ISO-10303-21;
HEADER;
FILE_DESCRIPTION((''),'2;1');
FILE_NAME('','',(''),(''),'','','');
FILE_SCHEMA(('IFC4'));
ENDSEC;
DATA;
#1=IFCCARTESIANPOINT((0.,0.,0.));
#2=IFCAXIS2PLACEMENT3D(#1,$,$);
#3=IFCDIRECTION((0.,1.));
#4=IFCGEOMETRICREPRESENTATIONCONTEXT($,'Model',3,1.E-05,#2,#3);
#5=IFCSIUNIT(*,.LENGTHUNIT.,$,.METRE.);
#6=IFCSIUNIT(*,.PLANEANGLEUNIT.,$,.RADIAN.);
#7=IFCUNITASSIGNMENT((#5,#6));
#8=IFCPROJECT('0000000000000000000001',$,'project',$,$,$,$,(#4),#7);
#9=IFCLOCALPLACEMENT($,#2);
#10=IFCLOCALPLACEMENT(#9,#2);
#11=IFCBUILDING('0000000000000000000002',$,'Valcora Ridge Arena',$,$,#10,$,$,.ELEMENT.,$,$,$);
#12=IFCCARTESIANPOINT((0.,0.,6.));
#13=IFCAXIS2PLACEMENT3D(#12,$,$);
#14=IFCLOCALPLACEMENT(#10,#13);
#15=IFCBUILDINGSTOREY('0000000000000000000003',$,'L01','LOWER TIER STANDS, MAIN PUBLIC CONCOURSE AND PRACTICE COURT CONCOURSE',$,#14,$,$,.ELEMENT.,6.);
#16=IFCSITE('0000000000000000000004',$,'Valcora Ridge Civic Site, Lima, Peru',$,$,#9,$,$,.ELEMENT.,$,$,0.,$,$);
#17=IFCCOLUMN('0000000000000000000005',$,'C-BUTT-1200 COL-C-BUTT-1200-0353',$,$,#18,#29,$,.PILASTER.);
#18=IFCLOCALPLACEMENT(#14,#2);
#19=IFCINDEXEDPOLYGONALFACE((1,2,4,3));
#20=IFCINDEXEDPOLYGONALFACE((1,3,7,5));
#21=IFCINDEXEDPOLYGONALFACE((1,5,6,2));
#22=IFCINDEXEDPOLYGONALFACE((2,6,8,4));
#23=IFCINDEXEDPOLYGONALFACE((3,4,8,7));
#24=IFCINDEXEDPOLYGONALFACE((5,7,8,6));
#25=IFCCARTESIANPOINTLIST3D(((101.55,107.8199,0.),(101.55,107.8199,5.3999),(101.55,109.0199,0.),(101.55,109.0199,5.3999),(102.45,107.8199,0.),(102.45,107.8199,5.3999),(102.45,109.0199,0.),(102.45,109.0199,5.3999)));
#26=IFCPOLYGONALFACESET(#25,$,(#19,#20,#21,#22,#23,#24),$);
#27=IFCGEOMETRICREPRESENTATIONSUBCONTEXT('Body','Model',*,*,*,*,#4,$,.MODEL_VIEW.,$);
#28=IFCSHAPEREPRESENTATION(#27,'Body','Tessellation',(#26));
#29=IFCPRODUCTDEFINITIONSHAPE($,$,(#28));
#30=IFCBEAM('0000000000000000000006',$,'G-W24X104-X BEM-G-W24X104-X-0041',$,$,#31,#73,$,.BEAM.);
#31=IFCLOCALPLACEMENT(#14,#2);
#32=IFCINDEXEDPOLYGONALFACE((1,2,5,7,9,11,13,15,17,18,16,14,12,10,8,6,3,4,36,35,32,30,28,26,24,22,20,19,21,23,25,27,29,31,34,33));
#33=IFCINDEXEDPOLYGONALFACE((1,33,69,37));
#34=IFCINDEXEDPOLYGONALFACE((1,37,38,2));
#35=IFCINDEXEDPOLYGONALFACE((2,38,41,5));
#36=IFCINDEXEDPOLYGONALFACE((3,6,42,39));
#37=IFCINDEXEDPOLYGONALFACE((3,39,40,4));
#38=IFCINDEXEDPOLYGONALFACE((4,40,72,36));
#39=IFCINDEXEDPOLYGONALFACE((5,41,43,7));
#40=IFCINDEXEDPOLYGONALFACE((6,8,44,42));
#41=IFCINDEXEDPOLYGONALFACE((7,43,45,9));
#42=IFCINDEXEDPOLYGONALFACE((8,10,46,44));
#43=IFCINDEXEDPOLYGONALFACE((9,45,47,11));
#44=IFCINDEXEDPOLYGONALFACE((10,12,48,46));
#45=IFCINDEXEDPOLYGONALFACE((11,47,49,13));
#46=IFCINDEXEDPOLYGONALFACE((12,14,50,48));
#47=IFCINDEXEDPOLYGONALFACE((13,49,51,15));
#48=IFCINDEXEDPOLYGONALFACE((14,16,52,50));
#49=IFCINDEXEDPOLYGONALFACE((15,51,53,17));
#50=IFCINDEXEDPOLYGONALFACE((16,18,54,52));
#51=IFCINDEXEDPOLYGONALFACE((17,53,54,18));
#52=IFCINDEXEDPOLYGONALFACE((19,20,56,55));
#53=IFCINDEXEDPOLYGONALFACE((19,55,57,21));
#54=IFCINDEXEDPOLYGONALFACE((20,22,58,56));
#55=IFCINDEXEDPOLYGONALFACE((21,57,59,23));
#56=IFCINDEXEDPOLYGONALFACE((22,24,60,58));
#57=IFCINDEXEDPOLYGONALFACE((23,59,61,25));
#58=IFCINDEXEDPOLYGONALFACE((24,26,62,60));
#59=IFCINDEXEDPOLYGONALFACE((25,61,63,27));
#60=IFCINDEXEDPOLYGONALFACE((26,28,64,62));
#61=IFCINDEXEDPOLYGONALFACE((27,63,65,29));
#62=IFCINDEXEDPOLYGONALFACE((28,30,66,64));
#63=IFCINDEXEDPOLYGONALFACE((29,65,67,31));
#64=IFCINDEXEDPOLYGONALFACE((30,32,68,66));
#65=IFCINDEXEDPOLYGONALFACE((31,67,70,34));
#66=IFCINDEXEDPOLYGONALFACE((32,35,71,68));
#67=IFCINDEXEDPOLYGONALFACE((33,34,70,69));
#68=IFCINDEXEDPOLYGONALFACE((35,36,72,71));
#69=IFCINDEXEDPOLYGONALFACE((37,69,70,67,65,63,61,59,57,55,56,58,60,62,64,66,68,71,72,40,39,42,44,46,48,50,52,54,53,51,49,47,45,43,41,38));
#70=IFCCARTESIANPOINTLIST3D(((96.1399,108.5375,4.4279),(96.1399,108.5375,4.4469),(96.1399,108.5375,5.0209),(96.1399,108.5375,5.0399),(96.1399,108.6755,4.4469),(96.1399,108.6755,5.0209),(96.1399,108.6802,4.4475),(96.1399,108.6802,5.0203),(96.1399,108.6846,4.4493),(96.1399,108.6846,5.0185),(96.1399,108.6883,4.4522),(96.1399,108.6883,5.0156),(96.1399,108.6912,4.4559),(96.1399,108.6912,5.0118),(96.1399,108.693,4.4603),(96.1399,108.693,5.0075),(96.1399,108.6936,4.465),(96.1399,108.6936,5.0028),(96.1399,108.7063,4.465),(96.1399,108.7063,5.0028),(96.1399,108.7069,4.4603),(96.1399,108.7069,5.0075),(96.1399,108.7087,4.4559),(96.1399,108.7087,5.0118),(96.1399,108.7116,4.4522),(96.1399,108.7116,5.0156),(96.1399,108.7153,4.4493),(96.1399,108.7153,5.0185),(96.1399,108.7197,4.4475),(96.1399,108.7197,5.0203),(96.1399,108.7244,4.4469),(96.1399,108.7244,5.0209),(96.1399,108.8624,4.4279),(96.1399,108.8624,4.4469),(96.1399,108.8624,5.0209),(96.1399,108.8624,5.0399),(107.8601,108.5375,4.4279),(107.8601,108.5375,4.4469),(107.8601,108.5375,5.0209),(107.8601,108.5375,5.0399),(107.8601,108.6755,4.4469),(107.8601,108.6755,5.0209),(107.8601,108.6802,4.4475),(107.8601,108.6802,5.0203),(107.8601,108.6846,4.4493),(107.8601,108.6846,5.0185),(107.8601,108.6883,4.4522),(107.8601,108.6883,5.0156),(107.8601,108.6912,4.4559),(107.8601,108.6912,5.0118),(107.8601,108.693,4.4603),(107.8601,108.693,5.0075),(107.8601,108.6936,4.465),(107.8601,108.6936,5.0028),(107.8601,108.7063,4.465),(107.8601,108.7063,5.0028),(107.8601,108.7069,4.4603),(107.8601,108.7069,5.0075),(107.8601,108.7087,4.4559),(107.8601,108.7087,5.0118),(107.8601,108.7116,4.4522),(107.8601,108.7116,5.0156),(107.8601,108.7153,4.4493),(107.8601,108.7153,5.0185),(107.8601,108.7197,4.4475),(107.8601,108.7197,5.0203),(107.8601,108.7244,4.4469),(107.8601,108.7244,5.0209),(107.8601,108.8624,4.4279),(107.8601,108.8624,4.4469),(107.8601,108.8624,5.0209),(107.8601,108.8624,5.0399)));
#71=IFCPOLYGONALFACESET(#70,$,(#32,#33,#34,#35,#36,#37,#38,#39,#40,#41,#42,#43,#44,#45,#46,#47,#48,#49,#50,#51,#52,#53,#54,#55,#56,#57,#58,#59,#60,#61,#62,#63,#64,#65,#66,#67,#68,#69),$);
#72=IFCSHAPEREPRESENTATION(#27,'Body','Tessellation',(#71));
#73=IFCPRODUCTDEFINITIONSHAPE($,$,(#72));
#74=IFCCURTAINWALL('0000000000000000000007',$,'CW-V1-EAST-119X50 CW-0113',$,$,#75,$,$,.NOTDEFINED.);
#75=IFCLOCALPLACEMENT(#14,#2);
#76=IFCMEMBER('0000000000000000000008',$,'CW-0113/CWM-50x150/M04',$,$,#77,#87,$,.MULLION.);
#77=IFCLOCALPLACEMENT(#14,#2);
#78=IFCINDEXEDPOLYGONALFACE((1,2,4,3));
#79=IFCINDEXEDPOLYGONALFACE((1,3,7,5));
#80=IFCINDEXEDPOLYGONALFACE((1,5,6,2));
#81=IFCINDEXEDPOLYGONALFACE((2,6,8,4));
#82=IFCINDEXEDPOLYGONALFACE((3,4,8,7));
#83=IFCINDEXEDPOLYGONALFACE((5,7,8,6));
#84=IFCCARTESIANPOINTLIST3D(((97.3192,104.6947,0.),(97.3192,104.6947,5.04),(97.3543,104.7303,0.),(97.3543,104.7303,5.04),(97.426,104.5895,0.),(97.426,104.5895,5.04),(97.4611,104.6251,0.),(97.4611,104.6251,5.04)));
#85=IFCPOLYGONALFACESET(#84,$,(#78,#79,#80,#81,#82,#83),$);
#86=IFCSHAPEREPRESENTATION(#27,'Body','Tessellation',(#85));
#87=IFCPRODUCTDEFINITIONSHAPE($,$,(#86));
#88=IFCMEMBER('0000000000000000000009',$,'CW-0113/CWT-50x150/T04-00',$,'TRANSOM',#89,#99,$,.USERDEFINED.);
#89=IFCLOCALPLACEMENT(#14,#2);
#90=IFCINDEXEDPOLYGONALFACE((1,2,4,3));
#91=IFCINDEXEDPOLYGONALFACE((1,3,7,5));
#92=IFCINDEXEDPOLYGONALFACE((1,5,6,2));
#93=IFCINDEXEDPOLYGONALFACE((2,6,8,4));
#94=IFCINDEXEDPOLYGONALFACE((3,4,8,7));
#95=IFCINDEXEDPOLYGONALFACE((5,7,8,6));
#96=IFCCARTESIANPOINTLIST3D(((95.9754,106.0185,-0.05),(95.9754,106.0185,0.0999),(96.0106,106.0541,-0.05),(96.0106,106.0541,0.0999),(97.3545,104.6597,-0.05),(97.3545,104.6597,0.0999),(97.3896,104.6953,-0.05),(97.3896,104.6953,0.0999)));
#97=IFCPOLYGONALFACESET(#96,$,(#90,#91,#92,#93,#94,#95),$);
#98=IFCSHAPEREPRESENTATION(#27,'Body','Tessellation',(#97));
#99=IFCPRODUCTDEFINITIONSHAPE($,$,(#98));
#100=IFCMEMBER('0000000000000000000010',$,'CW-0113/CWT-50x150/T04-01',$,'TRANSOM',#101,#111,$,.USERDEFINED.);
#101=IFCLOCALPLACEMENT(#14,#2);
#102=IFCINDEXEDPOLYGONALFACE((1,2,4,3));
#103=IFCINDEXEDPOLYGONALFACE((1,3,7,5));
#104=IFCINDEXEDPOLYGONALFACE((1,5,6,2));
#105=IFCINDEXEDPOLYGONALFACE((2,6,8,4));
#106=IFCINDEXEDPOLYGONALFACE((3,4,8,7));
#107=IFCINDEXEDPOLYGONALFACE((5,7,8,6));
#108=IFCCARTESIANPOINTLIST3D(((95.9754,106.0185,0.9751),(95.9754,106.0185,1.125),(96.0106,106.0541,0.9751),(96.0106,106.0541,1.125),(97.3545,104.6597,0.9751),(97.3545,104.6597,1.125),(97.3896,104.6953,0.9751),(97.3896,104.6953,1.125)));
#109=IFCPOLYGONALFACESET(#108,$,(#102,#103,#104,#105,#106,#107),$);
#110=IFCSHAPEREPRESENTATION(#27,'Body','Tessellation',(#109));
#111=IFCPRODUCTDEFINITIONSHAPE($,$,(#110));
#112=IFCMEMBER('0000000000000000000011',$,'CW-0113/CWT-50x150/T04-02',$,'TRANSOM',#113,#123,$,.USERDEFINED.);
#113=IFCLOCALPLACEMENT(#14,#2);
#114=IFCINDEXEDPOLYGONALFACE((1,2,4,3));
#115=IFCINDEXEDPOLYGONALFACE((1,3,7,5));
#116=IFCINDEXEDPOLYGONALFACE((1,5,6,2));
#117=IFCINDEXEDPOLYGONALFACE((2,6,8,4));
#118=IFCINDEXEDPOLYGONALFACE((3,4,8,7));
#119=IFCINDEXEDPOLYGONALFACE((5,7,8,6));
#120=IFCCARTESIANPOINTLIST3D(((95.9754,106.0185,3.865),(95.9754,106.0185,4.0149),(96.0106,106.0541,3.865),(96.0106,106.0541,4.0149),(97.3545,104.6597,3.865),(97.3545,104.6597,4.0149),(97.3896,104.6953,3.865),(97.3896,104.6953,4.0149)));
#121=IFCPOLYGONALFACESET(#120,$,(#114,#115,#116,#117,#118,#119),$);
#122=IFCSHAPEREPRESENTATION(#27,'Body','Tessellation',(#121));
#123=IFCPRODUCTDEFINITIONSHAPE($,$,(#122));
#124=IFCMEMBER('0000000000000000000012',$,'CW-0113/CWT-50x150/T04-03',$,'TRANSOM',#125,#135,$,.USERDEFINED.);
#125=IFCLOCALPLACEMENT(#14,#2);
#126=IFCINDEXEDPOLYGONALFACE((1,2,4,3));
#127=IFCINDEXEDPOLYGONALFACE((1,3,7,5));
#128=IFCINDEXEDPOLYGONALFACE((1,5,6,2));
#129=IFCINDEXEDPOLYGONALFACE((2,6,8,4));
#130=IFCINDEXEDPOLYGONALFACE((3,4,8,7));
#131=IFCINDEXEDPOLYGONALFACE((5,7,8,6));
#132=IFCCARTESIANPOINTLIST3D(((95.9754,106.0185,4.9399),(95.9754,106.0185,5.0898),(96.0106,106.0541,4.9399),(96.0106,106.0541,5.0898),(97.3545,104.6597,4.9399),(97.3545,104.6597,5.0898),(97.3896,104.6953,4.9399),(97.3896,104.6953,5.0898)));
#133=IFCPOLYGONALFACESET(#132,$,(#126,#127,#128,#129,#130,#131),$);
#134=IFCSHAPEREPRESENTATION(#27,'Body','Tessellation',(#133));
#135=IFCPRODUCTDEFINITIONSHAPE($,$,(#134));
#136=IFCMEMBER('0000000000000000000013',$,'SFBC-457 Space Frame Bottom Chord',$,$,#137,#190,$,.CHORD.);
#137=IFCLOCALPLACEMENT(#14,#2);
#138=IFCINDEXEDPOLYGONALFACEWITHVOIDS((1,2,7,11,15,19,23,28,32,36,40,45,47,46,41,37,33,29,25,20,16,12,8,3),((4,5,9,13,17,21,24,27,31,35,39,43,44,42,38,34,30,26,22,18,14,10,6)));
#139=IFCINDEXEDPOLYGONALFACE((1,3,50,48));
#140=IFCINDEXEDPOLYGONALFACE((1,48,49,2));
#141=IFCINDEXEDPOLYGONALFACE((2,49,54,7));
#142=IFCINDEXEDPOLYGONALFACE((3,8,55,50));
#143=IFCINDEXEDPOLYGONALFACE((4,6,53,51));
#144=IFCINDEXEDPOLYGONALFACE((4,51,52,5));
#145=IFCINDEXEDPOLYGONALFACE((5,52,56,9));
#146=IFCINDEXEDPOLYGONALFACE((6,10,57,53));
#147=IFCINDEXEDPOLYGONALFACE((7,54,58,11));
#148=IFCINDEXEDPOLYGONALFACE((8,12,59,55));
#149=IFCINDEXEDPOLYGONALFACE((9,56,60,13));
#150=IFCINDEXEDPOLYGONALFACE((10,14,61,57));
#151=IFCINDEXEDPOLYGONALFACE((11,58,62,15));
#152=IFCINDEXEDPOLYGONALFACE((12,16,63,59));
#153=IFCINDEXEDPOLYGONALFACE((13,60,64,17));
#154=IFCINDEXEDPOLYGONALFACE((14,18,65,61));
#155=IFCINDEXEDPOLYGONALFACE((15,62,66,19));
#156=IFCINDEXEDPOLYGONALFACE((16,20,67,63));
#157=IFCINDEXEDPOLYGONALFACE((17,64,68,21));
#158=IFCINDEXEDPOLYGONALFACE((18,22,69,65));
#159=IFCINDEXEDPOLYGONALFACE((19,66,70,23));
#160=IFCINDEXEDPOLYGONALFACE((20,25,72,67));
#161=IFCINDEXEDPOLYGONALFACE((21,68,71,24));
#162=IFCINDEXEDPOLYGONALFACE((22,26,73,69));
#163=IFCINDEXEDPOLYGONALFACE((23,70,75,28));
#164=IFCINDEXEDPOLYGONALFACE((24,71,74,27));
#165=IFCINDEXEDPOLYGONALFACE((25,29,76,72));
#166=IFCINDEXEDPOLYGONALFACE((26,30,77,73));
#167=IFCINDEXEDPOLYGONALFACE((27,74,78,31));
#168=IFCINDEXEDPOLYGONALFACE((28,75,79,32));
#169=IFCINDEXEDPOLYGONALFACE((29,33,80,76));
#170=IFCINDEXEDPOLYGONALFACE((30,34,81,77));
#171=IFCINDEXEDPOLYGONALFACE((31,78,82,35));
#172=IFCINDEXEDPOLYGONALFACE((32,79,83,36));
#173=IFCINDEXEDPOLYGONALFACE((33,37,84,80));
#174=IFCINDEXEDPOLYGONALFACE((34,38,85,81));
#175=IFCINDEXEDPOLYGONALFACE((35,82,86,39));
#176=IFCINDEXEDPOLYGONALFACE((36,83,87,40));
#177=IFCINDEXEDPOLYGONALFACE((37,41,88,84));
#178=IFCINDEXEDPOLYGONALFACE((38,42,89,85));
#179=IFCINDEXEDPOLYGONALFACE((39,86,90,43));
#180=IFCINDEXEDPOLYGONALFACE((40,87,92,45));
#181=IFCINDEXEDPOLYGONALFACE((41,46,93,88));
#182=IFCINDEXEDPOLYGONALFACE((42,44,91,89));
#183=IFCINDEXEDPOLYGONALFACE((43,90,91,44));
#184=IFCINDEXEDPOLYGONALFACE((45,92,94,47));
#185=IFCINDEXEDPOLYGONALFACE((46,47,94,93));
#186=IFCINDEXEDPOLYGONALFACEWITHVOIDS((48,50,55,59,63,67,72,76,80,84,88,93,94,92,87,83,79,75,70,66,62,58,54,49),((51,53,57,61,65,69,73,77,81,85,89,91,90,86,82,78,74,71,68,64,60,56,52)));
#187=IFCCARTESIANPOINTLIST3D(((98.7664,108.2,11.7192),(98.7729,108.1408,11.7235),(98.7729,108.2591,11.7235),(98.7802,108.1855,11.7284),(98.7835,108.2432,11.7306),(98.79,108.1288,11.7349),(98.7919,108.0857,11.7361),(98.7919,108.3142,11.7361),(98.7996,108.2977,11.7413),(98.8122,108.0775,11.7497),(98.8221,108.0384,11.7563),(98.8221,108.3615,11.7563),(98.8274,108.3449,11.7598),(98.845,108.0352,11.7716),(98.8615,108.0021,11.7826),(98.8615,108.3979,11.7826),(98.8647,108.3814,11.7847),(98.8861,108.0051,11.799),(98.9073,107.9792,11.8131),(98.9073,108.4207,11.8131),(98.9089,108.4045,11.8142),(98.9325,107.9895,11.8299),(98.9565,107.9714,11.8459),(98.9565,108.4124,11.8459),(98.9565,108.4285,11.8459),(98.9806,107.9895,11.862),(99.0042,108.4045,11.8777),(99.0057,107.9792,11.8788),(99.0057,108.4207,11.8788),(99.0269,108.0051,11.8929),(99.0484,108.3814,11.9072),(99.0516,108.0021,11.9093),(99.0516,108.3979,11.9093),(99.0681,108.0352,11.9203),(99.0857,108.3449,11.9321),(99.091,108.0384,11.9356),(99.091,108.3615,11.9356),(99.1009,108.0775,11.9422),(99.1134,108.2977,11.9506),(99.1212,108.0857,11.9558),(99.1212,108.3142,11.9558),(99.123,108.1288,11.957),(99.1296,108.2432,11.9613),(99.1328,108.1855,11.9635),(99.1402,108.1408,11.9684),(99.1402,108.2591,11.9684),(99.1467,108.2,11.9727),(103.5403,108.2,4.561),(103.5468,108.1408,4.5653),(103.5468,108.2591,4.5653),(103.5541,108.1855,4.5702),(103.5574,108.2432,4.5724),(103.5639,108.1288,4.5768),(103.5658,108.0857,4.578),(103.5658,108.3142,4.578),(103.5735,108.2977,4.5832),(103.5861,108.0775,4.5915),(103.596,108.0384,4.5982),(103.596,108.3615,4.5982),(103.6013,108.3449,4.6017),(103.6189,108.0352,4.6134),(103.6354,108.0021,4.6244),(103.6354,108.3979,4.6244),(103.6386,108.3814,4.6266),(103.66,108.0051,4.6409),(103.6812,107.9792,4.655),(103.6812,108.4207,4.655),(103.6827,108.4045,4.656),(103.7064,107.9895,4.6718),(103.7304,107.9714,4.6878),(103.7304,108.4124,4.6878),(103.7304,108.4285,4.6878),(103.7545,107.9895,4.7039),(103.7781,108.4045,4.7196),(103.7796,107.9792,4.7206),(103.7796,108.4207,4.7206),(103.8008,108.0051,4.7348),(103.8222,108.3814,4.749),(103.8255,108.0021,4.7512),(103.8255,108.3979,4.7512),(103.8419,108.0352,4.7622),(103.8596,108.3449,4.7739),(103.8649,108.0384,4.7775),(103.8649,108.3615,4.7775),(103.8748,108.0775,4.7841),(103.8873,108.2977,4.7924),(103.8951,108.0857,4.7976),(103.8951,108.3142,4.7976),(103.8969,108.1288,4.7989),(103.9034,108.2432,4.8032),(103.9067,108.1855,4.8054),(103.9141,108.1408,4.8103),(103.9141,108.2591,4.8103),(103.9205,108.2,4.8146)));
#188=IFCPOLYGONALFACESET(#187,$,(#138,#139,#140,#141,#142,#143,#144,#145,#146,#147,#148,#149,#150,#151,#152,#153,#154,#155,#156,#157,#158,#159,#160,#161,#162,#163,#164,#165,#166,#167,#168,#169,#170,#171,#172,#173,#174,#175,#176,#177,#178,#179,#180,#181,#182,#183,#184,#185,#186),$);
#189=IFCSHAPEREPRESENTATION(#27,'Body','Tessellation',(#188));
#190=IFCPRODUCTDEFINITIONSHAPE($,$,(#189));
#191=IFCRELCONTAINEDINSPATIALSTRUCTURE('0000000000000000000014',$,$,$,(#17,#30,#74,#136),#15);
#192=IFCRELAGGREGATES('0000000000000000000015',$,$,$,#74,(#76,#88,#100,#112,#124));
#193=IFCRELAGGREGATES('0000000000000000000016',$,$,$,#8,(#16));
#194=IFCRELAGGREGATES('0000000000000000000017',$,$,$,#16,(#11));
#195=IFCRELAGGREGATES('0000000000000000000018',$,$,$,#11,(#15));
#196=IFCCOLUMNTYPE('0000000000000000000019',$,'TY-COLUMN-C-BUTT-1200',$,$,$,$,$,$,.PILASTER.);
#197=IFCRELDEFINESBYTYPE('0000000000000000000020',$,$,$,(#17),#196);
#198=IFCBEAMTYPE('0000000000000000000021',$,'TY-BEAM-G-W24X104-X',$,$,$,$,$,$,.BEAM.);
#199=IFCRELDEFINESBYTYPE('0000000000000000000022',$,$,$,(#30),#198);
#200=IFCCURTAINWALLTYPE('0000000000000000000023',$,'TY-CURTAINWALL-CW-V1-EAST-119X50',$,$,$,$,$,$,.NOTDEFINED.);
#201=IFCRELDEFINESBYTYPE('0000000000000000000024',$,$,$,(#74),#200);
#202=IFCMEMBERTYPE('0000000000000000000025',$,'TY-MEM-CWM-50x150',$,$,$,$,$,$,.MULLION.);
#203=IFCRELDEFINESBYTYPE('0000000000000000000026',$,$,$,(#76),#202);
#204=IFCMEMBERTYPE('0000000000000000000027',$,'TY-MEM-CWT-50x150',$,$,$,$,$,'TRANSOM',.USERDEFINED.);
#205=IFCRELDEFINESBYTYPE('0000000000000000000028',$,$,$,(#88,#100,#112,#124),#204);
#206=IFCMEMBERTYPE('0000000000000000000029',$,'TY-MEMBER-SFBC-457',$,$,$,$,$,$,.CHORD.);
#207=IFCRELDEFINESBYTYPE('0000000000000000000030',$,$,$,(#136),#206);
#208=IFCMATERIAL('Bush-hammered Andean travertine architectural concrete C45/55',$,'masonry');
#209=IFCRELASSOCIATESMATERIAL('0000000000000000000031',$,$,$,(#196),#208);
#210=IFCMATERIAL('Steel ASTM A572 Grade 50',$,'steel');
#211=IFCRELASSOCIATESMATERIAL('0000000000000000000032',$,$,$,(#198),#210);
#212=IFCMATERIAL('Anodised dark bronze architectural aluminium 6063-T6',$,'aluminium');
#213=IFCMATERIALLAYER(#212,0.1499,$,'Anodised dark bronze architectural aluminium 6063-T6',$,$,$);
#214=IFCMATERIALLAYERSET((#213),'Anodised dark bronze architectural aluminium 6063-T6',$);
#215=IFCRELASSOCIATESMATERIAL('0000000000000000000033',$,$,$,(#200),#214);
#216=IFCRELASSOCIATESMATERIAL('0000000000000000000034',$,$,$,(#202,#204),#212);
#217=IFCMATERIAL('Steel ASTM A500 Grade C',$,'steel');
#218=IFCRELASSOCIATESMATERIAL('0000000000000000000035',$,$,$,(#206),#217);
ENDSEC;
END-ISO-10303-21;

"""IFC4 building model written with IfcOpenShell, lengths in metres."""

from ifc_helpers import new_model, si_unit, direction, frame, origin, origin_2d, place, context, subcontext, project, spatial, rectangle, hollow_circle, i_section, extrude, material, layer, layer_set, material_profile, profile_set, type_object, element, aggregate, save


model = new_model("IFC4")

# Units and contexts
model_context = context("Model", 3, precision=1e-05, world=origin(), true_north=direction((0.0, 1.0)))
body_context = subcontext(model_context, "Body", "Model", "MODEL_VIEW")
ifc_project = project(units=[si_unit("LENGTHUNIT", "METRE"), si_unit("PLANEANGLEUNIT", "RADIAN")], contexts=[model_context])

# Site, building, storey
site_placement = place(None, origin())
site = spatial("IfcSite", under=ifc_project, at=site_placement, Name="Valcora Ridge Civic Site, Lima, Peru", CompositionType="ELEMENT", RefElevation=0.0)
building_placement = place(site_placement, origin())
building = spatial("IfcBuilding", under=site, at=building_placement, Name="Valcora Ridge Arena", CompositionType="ELEMENT")
storey_placement = place(building_placement, frame((0.0, 0.0, 6.0)))
storey = spatial("IfcBuildingStorey", under=building, at=storey_placement, Name="L01", Description="LOWER TIER STANDS, MAIN PUBLIC CONCOURSE AND PRACTICE COURT CONCOURSE", CompositionType="ELEMENT", Elevation=6.0)

# Column
ifc_material_1 = material(Name="Bush-hammered Andean travertine architectural concrete C45/55", Category="masonry")
ifc_material_profile_1 = material_profile(ifc_material_1, rectangle(XDim=0.8999, YDim=1.2, at=origin_2d()), Name="RC 900x1200")
ifc_profile_set_1 = profile_set([ifc_material_profile_1], Name="Bush-hammered Andean travertine architectural concrete C45/55")
column_type = type_object("IfcColumnType", Name="TY-COLUMN-C-BUTT-1200", PredefinedType="PILASTER", material=ifc_profile_set_1)
column_placement = place(storey_placement, frame((102.0, 108.4199, 0.0), z_axis=(0.0, 0.0, 1.0), x_axis=(1.0, 0.0, 0.0)))
element("IfcColumn", 1, at=column_placement, inside=storey, type_object=column_type, Name="C-BUTT-1200 COL-C-BUTT-1200-0353", PredefinedType="PILASTER", context=body_context, shape_type="SweptSolid", body=[
    extrude(rectangle(XDim=0.8999, YDim=1.2, at=origin_2d()), origin(), (0.0, 0.0, 1.0), 5.3999),
])

# Beam
ifc_material_2 = material(Name="Steel ASTM A572 Grade 50", Category="steel")
ifc_material_profile_2 = material_profile(ifc_material_2, i_section(OverallWidth=0.325, OverallDepth=0.6121, WebThickness=0.0127, FlangeThickness=0.019, FilletRadius=0.0181, at=origin_2d()), Name="W24X104")
ifc_profile_set_2 = profile_set([ifc_material_profile_2], Name="Steel ASTM A572 Grade 50")
beam_type = type_object("IfcBeamType", Name="TY-BEAM-G-W24X104-X", PredefinedType="BEAM", material=ifc_profile_set_2)
beam_placement = place(storey_placement, frame((96.1399, 108.7, 4.7339), z_axis=(1.0, 0.0, 0.0), x_axis=(0.0, 1.0, 0.0)))
element("IfcBeam", 2, at=beam_placement, inside=storey, type_object=beam_type, Name="G-W24X104-X BEM-G-W24X104-X-0041", PredefinedType="BEAM", context=body_context, shape_type="SweptSolid", body=[
    extrude(i_section(OverallWidth=0.325, OverallDepth=0.6121, WebThickness=0.0127, FlangeThickness=0.019, FilletRadius=0.0181, at=origin_2d()), origin(), (0.0, 0.0, 1.0), 11.7202),
])

# Curtain wall, members
ifc_material_3 = material(Name="Anodised dark bronze architectural aluminium 6063-T6", Category="aluminium")
ifc_layer_1 = layer(ifc_material_3, 0.1499, Name="Anodised dark bronze architectural aluminium 6063-T6")
ifc_layer_set_1 = layer_set([ifc_layer_1], Name="Anodised dark bronze architectural aluminium 6063-T6")
curtain_wall_type = type_object("IfcCurtainWallType", Name="TY-CURTAINWALL-CW-V1-EAST-119X50", PredefinedType="NOTDEFINED", material=ifc_layer_set_1)
curtain_wall_placement = place(storey_placement, origin())
curtain_wall = element("IfcCurtainWall", 3, at=curtain_wall_placement, inside=storey, type_object=curtain_wall_type, Name="CW-V1-EAST-119X50 CW-0113", PredefinedType="NOTDEFINED")
ifc_material_profile_3 = material_profile(ifc_material_3, rectangle(XDim=0.05, YDim=0.1499, at=origin_2d()), Name="ALU MULLION 50x150")
ifc_profile_set_3 = profile_set([ifc_material_profile_3], Name="Anodised dark bronze architectural aluminium 6063-T6")
member_type_1 = type_object("IfcMemberType", Name="TY-MEM-CWM-50x150", PredefinedType="MULLION", material=ifc_profile_set_3)
member_1_placement = place(storey_placement, frame((97.3901, 104.6599, 0.0), z_axis=(0.0, 0.0, 1.0), x_axis=(-0.701847, -0.712327, 0.0)))
member_1 = element("IfcMember", 4, at=member_1_placement, type_object=member_type_1, Name="CW-0113/CWM-50x150/M04", PredefinedType="MULLION", context=body_context, shape_type="SweptSolid", body=[
    extrude(rectangle(XDim=0.05, YDim=0.1499, at=origin_2d()), origin(), (0.0, 0.0, 1.0), 5.04),
])
ifc_material_profile_4 = material_profile(ifc_material_3, rectangle(XDim=0.05, YDim=0.1499, at=origin_2d()), Name="ALU TRANSOM 50x150")
ifc_profile_set_4 = profile_set([ifc_material_profile_4], Name="Anodised dark bronze architectural aluminium 6063-T6")
member_type_2 = type_object("IfcMemberType", Name="TY-MEM-CWT-50x150", ElementType="TRANSOM", PredefinedType="USERDEFINED", material=ifc_profile_set_4)
member_2_placement = place(storey_placement, frame((97.3721, 104.6775, 0.0249), z_axis=(-0.71232, 0.701854, 0.0), x_axis=(-0.701854, -0.71232, 0.0)))
member_2 = element("IfcMember", 5, at=member_2_placement, type_object=member_type_2, Name="CW-0113/CWT-50x150/T04-00", ObjectType="TRANSOM", PredefinedType="USERDEFINED", context=body_context, shape_type="SweptSolid", body=[
    extrude(rectangle(XDim=0.05, YDim=0.1499, at=origin_2d()), origin(), (0.0, 0.0, 1.0), 1.936),
])
member_3_placement = place(storey_placement, frame((97.3721, 104.6775, 1.05), z_axis=(-0.71232, 0.701854, 0.0), x_axis=(-0.701854, -0.71232, 0.0)))
member_3 = element("IfcMember", 6, at=member_3_placement, type_object=member_type_2, Name="CW-0113/CWT-50x150/T04-01", ObjectType="TRANSOM", PredefinedType="USERDEFINED", context=body_context, shape_type="SweptSolid", body=[
    extrude(rectangle(XDim=0.05, YDim=0.1499, at=origin_2d()), origin(), (0.0, 0.0, 1.0), 1.936),
])
member_4_placement = place(storey_placement, frame((97.3721, 104.6775, 3.9399), z_axis=(-0.71232, 0.701854, 0.0), x_axis=(-0.701854, -0.71232, 0.0)))
member_4 = element("IfcMember", 7, at=member_4_placement, type_object=member_type_2, Name="CW-0113/CWT-50x150/T04-02", ObjectType="TRANSOM", PredefinedType="USERDEFINED", context=body_context, shape_type="SweptSolid", body=[
    extrude(rectangle(XDim=0.05, YDim=0.1499, at=origin_2d()), origin(), (0.0, 0.0, 1.0), 1.936),
])
member_5_placement = place(storey_placement, frame((97.3721, 104.6775, 5.0149), z_axis=(-0.71232, 0.701854, 0.0), x_axis=(-0.701854, -0.71232, 0.0)))
member_5 = element("IfcMember", 8, at=member_5_placement, type_object=member_type_2, Name="CW-0113/CWT-50x150/T04-03", ObjectType="TRANSOM", PredefinedType="USERDEFINED", context=body_context, shape_type="SweptSolid", body=[
    extrude(rectangle(XDim=0.05, YDim=0.1499, at=origin_2d()), origin(), (0.0, 0.0, 1.0), 1.936),
])

# Member
ifc_material_4 = material(Name="Steel ASTM A500 Grade C", Category="steel")
ifc_material_profile_5 = material_profile(ifc_material_4, hollow_circle(Radius=0.2285, WallThickness=0.0161, at=origin_2d()), Name="CHS457X16")
ifc_profile_set_5 = profile_set([ifc_material_profile_5], Name="Steel ASTM A500 Grade C")
member_type_3 = type_object("IfcMemberType", Name="TY-MEMBER-SFBC-457", PredefinedType="CHORD", material=ifc_profile_set_5)
member_6_placement = place(storey_placement, frame((98.9565, 108.2, 11.8459), z_axis=(0.554844, 0.0, -0.831954), x_axis=(0.0, 1.0, 0.0)))
element("IfcMember", 9, at=member_6_placement, inside=storey, type_object=member_type_3, Name="SFBC-457 Space Frame Bottom Chord", PredefinedType="CHORD", context=body_context, shape_type="SweptSolid", body=[
    extrude(hollow_circle(Radius=0.2285, WallThickness=0.0161, at=origin_2d()), origin(), (0.0, 0.0, 1.0), 8.604),
])

aggregate(curtain_wall, [member_1, member_2, member_3, member_4, member_5])

save(model, "model.ifc")
